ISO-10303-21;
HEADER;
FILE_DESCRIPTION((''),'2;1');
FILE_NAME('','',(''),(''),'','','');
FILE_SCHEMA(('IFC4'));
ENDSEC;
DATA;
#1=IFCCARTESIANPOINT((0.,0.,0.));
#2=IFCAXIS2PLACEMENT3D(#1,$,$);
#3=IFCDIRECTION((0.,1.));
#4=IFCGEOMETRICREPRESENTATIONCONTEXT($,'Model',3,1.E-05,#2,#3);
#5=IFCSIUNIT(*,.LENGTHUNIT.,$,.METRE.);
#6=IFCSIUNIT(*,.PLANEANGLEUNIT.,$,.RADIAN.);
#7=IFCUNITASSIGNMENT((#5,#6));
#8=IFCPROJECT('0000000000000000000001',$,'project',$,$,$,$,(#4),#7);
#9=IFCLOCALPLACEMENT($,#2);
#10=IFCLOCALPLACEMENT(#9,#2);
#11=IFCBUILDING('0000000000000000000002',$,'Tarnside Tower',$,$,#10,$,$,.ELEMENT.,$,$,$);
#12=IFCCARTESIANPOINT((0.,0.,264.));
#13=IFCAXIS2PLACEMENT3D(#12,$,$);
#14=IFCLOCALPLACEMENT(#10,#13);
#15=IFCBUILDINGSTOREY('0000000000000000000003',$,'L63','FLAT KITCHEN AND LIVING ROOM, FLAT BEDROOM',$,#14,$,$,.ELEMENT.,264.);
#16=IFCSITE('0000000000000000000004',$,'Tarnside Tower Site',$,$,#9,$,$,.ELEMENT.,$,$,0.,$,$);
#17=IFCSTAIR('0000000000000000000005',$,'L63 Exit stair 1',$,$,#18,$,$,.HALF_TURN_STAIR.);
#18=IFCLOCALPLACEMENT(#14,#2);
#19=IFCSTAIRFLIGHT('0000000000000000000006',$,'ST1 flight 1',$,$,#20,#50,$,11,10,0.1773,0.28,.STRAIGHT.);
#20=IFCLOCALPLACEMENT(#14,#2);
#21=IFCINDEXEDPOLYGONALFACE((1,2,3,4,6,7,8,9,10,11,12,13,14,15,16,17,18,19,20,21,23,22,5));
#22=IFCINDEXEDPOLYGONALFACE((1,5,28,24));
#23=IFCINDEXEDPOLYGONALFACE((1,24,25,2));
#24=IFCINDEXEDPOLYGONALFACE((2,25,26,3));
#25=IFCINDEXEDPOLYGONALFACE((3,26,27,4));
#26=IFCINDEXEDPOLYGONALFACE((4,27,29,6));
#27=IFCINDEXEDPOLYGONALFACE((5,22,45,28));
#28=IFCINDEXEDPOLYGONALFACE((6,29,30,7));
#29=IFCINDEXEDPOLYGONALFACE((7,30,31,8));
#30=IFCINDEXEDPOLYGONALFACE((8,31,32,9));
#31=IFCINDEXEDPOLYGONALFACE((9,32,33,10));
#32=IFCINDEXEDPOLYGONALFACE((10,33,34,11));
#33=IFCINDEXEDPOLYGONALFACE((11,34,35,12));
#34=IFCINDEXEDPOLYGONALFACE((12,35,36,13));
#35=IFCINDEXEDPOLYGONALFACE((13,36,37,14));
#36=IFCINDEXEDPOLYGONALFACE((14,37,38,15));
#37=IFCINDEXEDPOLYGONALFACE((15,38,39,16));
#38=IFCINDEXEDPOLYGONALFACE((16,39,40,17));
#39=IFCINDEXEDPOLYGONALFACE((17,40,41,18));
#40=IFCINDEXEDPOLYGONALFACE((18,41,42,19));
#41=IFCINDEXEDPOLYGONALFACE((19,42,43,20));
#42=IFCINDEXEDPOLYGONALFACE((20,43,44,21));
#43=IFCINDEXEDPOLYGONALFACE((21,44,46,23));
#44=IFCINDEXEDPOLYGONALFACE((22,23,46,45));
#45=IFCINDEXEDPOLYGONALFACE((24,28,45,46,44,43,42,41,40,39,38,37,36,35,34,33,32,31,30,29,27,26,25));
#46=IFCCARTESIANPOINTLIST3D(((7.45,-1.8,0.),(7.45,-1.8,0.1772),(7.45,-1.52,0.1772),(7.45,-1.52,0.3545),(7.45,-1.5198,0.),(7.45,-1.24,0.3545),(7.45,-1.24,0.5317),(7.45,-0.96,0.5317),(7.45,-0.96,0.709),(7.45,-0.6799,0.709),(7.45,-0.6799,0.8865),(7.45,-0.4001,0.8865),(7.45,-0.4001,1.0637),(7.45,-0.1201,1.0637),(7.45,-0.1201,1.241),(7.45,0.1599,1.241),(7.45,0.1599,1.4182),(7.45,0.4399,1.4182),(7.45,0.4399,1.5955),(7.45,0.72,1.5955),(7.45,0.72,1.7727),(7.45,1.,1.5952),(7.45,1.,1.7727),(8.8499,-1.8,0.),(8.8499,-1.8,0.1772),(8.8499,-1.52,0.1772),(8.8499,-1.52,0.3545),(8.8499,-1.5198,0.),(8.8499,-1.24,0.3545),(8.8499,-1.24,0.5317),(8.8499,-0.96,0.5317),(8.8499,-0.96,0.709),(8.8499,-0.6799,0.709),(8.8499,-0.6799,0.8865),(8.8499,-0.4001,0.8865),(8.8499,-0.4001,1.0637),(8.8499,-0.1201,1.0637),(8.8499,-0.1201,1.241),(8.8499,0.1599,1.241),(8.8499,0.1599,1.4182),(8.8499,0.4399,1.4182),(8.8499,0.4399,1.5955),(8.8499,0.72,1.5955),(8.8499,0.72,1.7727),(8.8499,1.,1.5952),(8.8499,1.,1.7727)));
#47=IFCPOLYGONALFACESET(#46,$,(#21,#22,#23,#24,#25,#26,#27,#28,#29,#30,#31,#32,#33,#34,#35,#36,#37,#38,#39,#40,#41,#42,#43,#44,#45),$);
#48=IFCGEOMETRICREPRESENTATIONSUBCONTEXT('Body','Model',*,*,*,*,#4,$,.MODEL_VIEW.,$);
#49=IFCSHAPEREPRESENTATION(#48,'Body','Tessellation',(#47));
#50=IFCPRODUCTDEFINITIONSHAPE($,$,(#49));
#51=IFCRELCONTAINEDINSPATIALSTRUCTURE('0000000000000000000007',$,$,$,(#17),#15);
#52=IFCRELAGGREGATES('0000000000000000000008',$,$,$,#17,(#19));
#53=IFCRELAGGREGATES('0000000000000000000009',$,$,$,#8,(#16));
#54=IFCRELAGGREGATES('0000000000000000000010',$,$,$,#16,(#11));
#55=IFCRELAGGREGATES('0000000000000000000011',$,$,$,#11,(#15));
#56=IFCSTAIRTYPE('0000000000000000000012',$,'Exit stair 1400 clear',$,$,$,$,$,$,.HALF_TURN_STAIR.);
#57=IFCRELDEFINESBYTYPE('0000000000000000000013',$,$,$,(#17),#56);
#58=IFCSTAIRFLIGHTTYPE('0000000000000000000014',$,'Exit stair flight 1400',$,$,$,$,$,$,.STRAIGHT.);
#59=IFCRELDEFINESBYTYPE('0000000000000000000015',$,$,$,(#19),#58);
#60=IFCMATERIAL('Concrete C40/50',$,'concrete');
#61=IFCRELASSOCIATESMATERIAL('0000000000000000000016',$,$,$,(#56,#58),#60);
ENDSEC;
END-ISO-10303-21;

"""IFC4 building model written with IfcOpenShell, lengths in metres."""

from ifc_helpers import new_model, si_unit, direction, frame, origin, place, context, subcontext, project, spatial, polyline, outline, extrude, material, type_object, element, aggregate, save


model = new_model("IFC4")

# Units and contexts
model_context = context("Model", 3, precision=1e-05, world=origin(), true_north=direction((0.0, 1.0)))
body_context = subcontext(model_context, "Body", "Model", "MODEL_VIEW")
ifc_project = project(units=[si_unit("LENGTHUNIT", "METRE"), si_unit("PLANEANGLEUNIT", "RADIAN")], contexts=[model_context])

# Site, building, storey
site_placement = place(None, origin())
site = spatial("IfcSite", under=ifc_project, at=site_placement, Name="Tarnside Tower Site", CompositionType="ELEMENT", RefElevation=0.0)
building_placement = place(site_placement, origin())
building = spatial("IfcBuilding", under=site, at=building_placement, Name="Tarnside Tower", CompositionType="ELEMENT")
storey_placement = place(building_placement, frame((0.0, 0.0, 264.0)))
storey = spatial("IfcBuildingStorey", under=building, at=storey_placement, Name="L63", Description="FLAT KITCHEN AND LIVING ROOM, FLAT BEDROOM", CompositionType="ELEMENT", Elevation=264.0)

# Shared definitions
ifc_material_1 = material(Name="Concrete C40/50", Category="concrete")

# Stair, stair flight
stair_type = type_object("IfcStairType", Name="Exit stair 1400 clear", PredefinedType="HALF_TURN_STAIR", material=ifc_material_1)
stair_placement = place(storey_placement, origin())
stair = element("IfcStair", 1, at=stair_placement, inside=storey, type_object=stair_type, Name="L63 Exit stair 1", PredefinedType="HALF_TURN_STAIR")
stair_flight_type = type_object("IfcStairFlightType", Name="Exit stair flight 1400", PredefinedType="STRAIGHT", material=ifc_material_1)
stair_flight_placement = place(storey_placement, frame((8.1499, -1.8, 0.0), z_axis=(0.0, 0.0, 1.0), x_axis=(0.0, 1.0, 0.0)))
stair_flight = element("IfcStairFlight", 2, at=stair_flight_placement, type_object=stair_flight_type, Name="ST1 flight 1", NumberOfRisers=11, NumberOfTreads=10, PredefinedType="STRAIGHT", RiserHeight=0.1773, TreadLength=0.28, context=body_context, shape_type="SweptSolid", body=[
    extrude(outline(polyline([(0.0, 0.0), (0.0, 0.1772), (0.28, 0.1772), (0.28, 0.3545), (0.5601, 0.3545), (0.5601, 0.5317), (0.8401, 0.5317), (0.8401, 0.709), (1.1201, 0.709), (1.1201, 0.8865), (1.3999, 0.8865), (1.3999, 1.0637), (1.6799, 1.0637), (1.6799, 1.241), (1.96, 1.241), (1.96, 1.4182), (2.24, 1.4182), (2.24, 1.5955), (2.52, 1.5955), (2.52, 1.7727), (2.8, 1.7727), (2.8, 1.95), (2.8, 1.5952), (0.2803, 0.0), (0.0, 0.0)])), frame((0.0, 0.7, 0.0), z_axis=(0.0, -1.0, 0.0), x_axis=(1.0, 0.0, 0.0)), (0.0, 0.0, 1.0), 1.3999),
])
aggregate(stair, [stair_flight])

save(model, "model.ifc")
